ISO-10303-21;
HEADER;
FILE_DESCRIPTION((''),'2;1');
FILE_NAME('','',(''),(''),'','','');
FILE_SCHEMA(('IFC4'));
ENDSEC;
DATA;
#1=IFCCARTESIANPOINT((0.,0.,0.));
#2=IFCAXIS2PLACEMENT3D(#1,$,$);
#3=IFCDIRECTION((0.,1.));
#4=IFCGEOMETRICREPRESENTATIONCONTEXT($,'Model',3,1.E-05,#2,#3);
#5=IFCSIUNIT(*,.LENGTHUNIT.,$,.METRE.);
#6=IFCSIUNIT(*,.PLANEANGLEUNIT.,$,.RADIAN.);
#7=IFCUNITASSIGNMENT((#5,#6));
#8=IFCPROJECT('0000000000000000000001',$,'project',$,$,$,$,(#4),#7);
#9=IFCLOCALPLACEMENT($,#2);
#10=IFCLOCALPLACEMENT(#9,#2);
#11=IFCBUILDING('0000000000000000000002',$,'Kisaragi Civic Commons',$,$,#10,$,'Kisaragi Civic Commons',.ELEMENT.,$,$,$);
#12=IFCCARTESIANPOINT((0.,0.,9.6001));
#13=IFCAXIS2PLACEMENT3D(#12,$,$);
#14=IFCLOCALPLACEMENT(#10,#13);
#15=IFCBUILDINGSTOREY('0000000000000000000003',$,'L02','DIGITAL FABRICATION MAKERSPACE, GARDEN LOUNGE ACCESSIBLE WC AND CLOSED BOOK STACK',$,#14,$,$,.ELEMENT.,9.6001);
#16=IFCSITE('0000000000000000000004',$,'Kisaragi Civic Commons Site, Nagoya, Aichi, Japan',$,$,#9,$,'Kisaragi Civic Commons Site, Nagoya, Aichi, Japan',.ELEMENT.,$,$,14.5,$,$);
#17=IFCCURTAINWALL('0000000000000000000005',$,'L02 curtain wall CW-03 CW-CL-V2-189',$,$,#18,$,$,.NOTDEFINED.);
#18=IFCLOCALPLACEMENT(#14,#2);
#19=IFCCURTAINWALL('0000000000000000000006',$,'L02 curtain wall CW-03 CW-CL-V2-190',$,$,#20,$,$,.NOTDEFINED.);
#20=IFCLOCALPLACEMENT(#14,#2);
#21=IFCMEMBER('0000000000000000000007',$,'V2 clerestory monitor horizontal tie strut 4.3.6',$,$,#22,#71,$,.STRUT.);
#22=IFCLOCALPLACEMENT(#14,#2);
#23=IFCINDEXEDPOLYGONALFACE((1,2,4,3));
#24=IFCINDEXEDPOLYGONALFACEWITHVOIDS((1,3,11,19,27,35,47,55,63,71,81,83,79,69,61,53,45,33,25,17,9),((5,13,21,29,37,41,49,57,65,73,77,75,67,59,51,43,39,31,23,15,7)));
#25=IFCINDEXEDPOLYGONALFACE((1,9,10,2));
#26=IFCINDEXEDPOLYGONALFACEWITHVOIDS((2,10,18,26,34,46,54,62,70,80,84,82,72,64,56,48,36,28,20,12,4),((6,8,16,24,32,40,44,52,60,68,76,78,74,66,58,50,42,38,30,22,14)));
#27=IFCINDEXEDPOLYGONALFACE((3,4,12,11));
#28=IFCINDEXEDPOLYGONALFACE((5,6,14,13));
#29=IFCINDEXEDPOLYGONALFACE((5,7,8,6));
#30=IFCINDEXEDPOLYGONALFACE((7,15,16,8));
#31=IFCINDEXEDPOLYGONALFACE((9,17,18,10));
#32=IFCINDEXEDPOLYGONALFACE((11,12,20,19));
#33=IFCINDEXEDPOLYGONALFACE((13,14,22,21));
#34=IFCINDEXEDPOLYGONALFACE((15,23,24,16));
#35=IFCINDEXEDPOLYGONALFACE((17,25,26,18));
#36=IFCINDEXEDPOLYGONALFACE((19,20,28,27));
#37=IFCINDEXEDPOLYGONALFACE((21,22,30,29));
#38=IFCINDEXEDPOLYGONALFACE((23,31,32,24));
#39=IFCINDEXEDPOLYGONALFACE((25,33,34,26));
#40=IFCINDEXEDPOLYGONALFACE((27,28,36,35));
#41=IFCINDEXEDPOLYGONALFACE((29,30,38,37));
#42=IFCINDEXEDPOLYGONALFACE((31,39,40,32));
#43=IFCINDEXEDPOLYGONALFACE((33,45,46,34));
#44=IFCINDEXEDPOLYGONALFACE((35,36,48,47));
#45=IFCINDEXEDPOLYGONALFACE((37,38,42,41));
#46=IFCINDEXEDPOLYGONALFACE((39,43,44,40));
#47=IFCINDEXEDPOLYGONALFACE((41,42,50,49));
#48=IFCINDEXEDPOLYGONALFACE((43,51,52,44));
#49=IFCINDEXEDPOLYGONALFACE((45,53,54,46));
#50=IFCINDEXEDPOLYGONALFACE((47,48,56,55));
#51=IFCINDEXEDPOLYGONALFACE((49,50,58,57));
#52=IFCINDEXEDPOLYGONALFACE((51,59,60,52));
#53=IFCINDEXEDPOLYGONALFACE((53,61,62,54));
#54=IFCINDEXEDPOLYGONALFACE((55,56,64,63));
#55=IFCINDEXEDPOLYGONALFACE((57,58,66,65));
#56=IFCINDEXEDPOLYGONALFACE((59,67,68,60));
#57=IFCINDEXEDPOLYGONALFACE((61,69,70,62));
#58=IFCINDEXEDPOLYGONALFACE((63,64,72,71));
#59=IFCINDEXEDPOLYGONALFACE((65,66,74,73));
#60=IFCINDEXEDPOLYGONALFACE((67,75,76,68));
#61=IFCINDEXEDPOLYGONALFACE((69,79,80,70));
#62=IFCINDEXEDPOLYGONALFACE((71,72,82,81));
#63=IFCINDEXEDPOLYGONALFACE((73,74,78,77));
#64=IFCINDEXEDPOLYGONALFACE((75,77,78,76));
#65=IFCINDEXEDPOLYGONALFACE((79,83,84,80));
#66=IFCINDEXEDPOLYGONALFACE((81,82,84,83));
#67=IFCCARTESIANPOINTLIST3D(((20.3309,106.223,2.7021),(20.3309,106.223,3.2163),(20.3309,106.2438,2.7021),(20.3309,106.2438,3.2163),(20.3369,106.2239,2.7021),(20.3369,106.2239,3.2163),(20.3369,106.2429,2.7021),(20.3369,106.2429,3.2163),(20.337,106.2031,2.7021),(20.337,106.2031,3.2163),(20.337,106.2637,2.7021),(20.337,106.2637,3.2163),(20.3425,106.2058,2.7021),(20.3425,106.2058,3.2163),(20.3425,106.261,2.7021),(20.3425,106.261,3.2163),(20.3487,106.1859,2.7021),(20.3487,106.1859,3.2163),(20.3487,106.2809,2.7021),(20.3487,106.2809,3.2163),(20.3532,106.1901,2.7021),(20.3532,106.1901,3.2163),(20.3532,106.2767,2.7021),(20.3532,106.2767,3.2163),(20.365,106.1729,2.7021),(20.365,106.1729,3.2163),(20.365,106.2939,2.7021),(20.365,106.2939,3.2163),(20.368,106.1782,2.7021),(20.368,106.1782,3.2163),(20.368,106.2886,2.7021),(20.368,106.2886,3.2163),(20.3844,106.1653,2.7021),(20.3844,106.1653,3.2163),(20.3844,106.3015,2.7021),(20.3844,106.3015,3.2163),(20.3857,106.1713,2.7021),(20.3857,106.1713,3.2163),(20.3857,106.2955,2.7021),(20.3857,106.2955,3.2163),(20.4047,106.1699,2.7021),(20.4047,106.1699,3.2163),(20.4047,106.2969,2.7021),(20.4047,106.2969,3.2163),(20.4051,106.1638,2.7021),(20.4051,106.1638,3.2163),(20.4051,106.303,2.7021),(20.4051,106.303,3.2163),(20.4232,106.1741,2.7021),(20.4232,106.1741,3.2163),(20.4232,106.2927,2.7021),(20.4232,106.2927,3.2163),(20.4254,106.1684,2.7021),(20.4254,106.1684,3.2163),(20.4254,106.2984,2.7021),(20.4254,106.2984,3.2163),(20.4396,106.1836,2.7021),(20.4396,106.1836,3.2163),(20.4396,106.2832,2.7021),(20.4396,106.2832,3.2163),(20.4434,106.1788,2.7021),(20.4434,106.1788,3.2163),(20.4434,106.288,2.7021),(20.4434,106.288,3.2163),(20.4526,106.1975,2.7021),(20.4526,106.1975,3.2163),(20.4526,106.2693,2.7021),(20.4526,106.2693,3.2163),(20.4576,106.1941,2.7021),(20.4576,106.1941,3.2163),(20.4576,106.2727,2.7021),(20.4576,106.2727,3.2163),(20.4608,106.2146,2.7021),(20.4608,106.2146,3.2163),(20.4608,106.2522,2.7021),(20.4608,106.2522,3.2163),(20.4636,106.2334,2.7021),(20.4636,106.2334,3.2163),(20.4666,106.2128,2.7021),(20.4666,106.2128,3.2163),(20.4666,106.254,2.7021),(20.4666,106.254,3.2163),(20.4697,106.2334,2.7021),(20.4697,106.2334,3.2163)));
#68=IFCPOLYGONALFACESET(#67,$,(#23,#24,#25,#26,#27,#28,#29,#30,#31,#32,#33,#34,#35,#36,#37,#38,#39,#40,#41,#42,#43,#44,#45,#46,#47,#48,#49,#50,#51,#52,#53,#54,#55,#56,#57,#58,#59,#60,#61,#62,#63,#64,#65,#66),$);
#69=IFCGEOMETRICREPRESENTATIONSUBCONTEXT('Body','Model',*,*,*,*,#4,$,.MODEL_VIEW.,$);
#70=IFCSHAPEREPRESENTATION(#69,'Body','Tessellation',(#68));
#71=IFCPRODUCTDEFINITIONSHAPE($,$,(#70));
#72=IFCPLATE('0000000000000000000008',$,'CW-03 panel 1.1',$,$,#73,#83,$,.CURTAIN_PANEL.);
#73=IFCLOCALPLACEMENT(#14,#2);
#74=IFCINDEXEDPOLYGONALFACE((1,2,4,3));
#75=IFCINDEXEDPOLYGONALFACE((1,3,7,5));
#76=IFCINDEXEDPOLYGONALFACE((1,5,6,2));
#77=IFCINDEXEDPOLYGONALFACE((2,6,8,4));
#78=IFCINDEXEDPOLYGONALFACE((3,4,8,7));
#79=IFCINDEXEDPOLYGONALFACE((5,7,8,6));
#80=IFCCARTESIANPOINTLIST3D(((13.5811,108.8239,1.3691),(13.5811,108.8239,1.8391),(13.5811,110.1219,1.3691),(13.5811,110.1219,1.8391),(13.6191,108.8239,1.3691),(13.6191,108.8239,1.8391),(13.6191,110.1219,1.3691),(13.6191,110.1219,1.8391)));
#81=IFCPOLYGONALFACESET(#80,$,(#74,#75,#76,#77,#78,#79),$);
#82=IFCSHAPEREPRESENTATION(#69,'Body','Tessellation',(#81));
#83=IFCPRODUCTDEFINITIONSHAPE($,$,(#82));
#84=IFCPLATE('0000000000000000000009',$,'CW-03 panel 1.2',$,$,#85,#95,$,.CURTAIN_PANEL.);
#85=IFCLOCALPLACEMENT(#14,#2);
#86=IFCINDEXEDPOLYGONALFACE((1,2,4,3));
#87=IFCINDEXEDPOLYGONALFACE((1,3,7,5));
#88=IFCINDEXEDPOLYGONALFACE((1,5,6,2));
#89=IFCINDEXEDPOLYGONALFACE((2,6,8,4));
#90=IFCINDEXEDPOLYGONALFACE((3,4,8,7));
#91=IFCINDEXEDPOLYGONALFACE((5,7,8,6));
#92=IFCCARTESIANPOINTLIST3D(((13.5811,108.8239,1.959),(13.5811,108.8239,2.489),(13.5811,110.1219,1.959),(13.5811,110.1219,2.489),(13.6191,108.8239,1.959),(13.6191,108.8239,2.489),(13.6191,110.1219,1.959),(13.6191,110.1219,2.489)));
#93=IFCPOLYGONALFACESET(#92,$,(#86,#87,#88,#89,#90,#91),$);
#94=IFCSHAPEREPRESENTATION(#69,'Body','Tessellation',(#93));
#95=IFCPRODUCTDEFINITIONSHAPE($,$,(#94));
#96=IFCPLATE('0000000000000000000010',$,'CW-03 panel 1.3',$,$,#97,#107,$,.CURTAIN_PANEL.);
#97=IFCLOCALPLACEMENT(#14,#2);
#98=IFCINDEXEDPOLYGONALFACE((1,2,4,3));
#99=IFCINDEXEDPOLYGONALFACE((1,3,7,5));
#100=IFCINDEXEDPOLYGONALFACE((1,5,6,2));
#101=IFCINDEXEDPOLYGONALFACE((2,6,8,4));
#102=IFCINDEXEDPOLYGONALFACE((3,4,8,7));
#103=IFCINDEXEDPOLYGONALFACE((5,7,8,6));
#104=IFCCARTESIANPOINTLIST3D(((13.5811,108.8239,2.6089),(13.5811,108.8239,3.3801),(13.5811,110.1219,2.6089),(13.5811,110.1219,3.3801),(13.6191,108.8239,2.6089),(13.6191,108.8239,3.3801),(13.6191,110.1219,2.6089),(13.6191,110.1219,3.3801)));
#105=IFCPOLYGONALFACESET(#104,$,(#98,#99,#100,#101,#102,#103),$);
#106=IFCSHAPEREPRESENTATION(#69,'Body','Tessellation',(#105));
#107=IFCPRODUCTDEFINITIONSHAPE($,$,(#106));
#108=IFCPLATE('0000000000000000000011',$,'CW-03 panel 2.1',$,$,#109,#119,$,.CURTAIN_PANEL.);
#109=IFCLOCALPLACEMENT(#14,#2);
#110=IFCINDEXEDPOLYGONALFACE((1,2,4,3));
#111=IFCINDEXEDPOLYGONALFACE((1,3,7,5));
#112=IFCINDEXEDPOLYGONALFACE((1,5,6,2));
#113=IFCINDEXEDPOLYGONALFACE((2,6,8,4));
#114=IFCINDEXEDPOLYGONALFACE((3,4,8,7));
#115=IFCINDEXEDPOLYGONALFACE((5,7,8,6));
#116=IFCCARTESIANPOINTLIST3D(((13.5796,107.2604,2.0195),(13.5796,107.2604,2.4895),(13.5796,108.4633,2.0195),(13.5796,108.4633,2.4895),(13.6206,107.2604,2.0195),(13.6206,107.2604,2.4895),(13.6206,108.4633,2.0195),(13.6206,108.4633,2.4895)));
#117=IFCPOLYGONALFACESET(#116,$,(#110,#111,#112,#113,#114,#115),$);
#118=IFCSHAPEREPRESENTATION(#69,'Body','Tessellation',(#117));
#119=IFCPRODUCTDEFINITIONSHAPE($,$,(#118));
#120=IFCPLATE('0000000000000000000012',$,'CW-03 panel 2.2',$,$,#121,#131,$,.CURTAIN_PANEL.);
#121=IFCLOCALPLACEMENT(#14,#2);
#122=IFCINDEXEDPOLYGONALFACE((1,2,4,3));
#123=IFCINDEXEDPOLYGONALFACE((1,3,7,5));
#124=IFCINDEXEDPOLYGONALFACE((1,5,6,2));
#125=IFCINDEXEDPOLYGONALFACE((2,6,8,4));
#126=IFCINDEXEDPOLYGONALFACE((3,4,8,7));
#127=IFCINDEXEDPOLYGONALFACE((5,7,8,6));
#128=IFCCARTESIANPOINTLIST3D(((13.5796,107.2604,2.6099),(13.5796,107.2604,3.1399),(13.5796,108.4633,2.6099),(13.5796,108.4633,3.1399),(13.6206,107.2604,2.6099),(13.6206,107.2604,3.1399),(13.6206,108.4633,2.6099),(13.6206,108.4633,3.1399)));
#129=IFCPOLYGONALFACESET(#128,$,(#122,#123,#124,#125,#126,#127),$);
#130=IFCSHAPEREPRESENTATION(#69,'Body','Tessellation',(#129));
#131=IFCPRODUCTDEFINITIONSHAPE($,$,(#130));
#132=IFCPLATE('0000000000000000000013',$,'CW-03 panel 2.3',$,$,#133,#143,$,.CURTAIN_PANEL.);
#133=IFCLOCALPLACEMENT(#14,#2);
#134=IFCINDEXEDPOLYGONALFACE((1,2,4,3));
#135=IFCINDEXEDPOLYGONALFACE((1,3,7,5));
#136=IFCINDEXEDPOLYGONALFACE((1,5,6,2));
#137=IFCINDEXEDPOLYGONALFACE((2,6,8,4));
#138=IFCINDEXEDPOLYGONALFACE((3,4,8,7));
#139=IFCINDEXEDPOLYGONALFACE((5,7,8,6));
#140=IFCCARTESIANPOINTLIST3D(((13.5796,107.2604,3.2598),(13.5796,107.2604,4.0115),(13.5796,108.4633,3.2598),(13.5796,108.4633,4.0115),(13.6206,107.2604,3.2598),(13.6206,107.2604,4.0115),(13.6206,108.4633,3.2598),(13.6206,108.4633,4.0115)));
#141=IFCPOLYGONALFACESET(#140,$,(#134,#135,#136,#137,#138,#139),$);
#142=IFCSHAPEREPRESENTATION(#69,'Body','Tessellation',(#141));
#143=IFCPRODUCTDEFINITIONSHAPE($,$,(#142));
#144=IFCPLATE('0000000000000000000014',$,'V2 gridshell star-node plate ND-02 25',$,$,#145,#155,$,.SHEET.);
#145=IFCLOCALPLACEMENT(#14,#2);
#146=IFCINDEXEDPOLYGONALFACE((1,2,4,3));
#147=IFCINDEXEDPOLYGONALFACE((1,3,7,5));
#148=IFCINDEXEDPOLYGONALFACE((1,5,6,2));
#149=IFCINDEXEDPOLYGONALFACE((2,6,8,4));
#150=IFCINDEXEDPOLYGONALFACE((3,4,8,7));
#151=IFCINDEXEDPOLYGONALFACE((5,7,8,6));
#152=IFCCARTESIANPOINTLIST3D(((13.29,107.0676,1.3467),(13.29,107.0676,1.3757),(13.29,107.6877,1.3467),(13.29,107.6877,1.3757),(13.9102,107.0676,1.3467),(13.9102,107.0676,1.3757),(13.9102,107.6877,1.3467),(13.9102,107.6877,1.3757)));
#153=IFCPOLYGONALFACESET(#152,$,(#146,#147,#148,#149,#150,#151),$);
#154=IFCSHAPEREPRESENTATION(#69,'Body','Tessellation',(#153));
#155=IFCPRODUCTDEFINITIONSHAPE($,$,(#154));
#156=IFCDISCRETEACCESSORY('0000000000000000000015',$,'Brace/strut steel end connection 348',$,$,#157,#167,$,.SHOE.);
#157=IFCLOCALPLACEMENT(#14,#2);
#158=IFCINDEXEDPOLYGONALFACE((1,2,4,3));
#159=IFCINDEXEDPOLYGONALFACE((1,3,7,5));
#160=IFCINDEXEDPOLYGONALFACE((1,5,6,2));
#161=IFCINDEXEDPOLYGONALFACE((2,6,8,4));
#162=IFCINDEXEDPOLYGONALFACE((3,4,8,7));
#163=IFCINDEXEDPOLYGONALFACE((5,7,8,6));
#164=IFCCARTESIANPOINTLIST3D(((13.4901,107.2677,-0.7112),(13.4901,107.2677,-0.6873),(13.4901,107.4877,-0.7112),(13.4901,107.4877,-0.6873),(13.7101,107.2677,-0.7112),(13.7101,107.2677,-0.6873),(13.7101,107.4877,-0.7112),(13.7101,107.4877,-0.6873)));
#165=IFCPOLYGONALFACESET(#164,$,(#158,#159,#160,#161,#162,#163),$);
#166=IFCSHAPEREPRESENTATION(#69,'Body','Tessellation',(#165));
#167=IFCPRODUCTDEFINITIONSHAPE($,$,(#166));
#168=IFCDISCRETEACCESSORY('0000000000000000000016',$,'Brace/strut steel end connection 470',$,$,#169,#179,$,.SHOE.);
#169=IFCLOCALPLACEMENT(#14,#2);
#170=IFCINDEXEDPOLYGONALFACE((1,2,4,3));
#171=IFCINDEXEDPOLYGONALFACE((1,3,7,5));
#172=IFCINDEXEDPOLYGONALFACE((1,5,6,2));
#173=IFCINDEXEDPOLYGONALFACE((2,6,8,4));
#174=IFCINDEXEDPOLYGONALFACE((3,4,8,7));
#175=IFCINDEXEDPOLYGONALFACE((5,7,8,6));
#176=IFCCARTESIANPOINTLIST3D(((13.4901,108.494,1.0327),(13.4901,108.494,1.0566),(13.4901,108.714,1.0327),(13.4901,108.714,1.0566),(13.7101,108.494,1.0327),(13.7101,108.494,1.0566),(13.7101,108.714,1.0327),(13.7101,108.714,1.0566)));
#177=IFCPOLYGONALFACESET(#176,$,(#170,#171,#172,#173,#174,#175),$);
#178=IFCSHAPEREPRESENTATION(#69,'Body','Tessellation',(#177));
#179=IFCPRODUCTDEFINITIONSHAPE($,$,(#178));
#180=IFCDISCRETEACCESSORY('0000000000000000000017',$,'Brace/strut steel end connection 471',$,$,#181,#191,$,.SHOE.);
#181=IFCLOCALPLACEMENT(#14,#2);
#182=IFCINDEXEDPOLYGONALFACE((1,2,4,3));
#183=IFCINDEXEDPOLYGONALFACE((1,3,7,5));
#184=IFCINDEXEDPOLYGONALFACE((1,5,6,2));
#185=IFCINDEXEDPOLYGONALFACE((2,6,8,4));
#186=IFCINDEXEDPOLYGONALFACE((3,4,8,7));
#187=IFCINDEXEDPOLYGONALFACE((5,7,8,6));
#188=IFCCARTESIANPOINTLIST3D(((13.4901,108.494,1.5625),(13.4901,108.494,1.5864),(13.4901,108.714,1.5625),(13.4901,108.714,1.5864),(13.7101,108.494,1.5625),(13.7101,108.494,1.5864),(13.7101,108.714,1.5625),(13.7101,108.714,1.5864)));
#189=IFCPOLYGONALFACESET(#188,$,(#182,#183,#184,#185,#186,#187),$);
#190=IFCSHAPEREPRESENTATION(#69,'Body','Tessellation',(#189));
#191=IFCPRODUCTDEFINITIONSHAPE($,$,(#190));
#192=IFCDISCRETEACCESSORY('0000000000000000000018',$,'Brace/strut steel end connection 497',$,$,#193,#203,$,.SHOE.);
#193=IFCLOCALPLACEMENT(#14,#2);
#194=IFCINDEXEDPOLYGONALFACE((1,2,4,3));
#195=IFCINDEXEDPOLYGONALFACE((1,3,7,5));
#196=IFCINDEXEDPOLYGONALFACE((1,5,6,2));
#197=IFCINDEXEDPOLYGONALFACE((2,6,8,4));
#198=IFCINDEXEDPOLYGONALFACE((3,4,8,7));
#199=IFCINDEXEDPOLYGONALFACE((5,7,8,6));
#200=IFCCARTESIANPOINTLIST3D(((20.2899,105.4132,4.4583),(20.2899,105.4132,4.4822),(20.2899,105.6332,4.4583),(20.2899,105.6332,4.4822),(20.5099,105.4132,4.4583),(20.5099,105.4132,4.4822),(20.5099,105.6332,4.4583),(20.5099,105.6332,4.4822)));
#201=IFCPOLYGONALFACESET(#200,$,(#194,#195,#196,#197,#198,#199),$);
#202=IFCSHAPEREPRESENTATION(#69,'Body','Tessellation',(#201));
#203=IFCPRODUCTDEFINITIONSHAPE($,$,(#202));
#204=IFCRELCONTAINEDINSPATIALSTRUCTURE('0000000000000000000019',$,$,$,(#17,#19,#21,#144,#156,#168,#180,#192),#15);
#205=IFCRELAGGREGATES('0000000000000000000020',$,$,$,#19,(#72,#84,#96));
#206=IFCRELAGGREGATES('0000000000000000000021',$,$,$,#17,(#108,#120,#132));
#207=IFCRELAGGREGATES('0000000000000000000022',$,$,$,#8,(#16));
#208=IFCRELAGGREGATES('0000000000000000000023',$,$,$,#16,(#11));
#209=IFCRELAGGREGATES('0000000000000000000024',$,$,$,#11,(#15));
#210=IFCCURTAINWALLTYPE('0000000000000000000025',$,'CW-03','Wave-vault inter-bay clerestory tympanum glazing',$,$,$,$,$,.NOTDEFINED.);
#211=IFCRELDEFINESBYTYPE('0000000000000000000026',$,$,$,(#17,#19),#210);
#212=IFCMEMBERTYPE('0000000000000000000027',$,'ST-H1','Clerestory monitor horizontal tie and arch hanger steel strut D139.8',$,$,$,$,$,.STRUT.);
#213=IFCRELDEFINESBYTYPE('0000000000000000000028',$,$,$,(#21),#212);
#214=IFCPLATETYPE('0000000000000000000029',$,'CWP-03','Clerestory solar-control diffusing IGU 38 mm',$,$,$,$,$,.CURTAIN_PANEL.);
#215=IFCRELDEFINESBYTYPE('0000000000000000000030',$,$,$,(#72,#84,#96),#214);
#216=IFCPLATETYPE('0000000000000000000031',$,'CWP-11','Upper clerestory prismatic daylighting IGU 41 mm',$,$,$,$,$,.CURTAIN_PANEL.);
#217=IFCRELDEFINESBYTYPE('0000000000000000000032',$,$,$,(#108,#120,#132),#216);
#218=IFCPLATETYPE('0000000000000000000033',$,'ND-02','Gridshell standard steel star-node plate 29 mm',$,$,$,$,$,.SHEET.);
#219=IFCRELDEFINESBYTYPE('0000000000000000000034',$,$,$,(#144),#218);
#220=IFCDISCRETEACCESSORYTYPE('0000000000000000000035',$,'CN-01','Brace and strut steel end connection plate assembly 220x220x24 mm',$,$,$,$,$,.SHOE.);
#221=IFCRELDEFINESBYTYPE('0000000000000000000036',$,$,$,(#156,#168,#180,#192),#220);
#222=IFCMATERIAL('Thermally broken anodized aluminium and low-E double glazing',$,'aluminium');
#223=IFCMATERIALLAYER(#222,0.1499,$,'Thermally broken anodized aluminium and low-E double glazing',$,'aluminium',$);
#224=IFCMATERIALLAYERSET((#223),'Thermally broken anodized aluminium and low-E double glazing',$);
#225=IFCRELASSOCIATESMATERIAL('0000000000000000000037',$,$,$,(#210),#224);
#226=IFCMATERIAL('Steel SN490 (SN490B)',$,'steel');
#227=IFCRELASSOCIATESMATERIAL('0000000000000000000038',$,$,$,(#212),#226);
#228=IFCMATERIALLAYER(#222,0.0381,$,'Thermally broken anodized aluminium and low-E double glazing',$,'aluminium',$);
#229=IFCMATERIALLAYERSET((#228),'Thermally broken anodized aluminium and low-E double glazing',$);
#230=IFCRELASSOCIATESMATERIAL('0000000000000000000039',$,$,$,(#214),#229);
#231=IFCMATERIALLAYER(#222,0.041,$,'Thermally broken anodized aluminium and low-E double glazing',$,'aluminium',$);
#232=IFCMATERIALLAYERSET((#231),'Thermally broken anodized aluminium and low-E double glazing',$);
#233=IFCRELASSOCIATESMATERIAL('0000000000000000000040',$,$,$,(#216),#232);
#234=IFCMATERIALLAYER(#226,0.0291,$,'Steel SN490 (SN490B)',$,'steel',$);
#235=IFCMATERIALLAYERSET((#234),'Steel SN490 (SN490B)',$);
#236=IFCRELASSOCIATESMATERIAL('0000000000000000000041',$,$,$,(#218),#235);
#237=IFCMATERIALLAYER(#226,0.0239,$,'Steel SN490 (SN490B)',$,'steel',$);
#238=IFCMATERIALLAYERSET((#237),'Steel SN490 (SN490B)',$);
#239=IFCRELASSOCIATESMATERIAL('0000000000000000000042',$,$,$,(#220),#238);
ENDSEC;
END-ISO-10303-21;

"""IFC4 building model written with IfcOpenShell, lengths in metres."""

from ifc_helpers import new_model, si_unit, direction, frame, origin, origin_2d, place, context, subcontext, project, spatial, rectangle, hollow_circle, extrude, material, layer, layer_set, material_profile, profile_set, type_object, element, aggregate, save


model = new_model("IFC4")

# Units and contexts
model_context = context("Model", 3, precision=1e-05, world=origin(), true_north=direction((0.0, 1.0)))
body_context = subcontext(model_context, "Body", "Model", "MODEL_VIEW")
ifc_project = project(units=[si_unit("LENGTHUNIT", "METRE"), si_unit("PLANEANGLEUNIT", "RADIAN")], contexts=[model_context])

# Site, building, storey
site_placement = place(None, origin())
site = spatial("IfcSite", under=ifc_project, at=site_placement, Name="Kisaragi Civic Commons Site, Nagoya, Aichi, Japan", LongName="Kisaragi Civic Commons Site, Nagoya, Aichi, Japan", CompositionType="ELEMENT", RefElevation=14.5)
building_placement = place(site_placement, origin())
building = spatial("IfcBuilding", under=site, at=building_placement, Name="Kisaragi Civic Commons", LongName="Kisaragi Civic Commons", CompositionType="ELEMENT")
storey_placement = place(building_placement, frame((0.0, 0.0, 9.6001)))
storey = spatial("IfcBuildingStorey", under=building, at=storey_placement, Name="L02", Description="DIGITAL FABRICATION MAKERSPACE, GARDEN LOUNGE ACCESSIBLE WC AND CLOSED BOOK STACK", CompositionType="ELEMENT", Elevation=9.6001)

# Curtain wall
ifc_material_1 = material(Name="Thermally broken anodized aluminium and low-E double glazing", Category="aluminium")
ifc_layer_1 = layer(ifc_material_1, 0.1499, Name="Thermally broken anodized aluminium and low-E double glazing", Category="aluminium")
ifc_layer_set_1 = layer_set([ifc_layer_1], Name="Thermally broken anodized aluminium and low-E double glazing")
curtain_wall_type = type_object("IfcCurtainWallType", Name="CW-03", Description="Wave-vault inter-bay clerestory tympanum glazing", PredefinedType="NOTDEFINED", material=ifc_layer_set_1)
curtain_wall_1_placement = place(storey_placement, origin())
curtain_wall_1 = element("IfcCurtainWall", 1, at=curtain_wall_1_placement, inside=storey, type_object=curtain_wall_type, Name="L02 curtain wall CW-03 CW-CL-V2-189", PredefinedType="NOTDEFINED")

# Curtain wall
curtain_wall_2_placement = place(storey_placement, origin())
curtain_wall_2 = element("IfcCurtainWall", 2, at=curtain_wall_2_placement, inside=storey, type_object=curtain_wall_type, Name="L02 curtain wall CW-03 CW-CL-V2-190", PredefinedType="NOTDEFINED")

# Member
ifc_material_2 = material(Name="Steel SN490 (SN490B)", Category="steel")
ifc_material_profile_1 = material_profile(ifc_material_2, hollow_circle(Radius=0.0698, WallThickness=0.0061, at=origin_2d()), Name="CHS-139.8x6.0", Category="steel")
ifc_profile_set_1 = profile_set([ifc_material_profile_1], Name="Steel SN490 (SN490B)")
member_type_1 = type_object("IfcMemberType", Name="ST-H1", Description="Clerestory monitor horizontal tie and arch hanger steel strut D139.8", PredefinedType="STRUT", material=ifc_profile_set_1)
member_1_placement = place(storey_placement, frame((20.3999, 106.2334, 2.7021), z_axis=(0.0, 0.0, 1.0), x_axis=(1.0, 0.0, 0.0)))
element("IfcMember", 3, at=member_1_placement, inside=storey, type_object=member_type_1, Name="V2 clerestory monitor horizontal tie strut 4.3.6", PredefinedType="STRUT", context=body_context, shape_type="SweptSolid", body=[
    extrude(hollow_circle(Radius=0.0698, WallThickness=0.0061, at=origin_2d()), origin(), (0.0, 0.0, 1.0), 0.5142),
])

# Plates
ifc_layer_2 = layer(ifc_material_1, 0.0381, Name="Thermally broken anodized aluminium and low-E double glazing", Category="aluminium")
ifc_layer_set_2 = layer_set([ifc_layer_2], Name="Thermally broken anodized aluminium and low-E double glazing")
plate_type_1 = type_object("IfcPlateType", Name="CWP-03", Description="Clerestory solar-control diffusing IGU 38 mm", PredefinedType="CURTAIN_PANEL", material=ifc_layer_set_2)
plate_1_placement = place(storey_placement, frame((13.6001, 109.4729, 1.3691), z_axis=(0.0, 0.0, 1.0), x_axis=(0.0, 1.0, 0.0)))
plate_1 = element("IfcPlate", 4, at=plate_1_placement, type_object=plate_type_1, Name="CW-03 panel 1.1", PredefinedType="CURTAIN_PANEL", context=body_context, shape_type="SweptSolid", body=[
    extrude(rectangle(XDim=1.2981, YDim=0.0381, at=origin_2d()), origin(), (0.0, 0.0, 1.0), 0.47),
])
plate_2_placement = place(storey_placement, frame((13.6001, 109.4729, 1.959), z_axis=(0.0, 0.0, 1.0), x_axis=(0.0, 1.0, 0.0)))
plate_2 = element("IfcPlate", 5, at=plate_2_placement, type_object=plate_type_1, Name="CW-03 panel 1.2", PredefinedType="CURTAIN_PANEL", context=body_context, shape_type="SweptSolid", body=[
    extrude(rectangle(XDim=1.2981, YDim=0.0381, at=origin_2d()), origin(), (0.0, 0.0, 1.0), 0.53),
])
plate_3_placement = place(storey_placement, frame((13.6001, 109.4729, 2.6089), z_axis=(0.0, 0.0, 1.0), x_axis=(0.0, 1.0, 0.0)))
plate_3 = element("IfcPlate", 6, at=plate_3_placement, type_object=plate_type_1, Name="CW-03 panel 1.3", PredefinedType="CURTAIN_PANEL", context=body_context, shape_type="SweptSolid", body=[
    extrude(rectangle(XDim=1.2981, YDim=0.0381, at=origin_2d()), origin(), (0.0, 0.0, 1.0), 0.7712),
])
aggregate(curtain_wall_2, [plate_1, plate_2, plate_3])
ifc_layer_3 = layer(ifc_material_1, 0.041, Name="Thermally broken anodized aluminium and low-E double glazing", Category="aluminium")
ifc_layer_set_3 = layer_set([ifc_layer_3], Name="Thermally broken anodized aluminium and low-E double glazing")
plate_type_2 = type_object("IfcPlateType", Name="CWP-11", Description="Upper clerestory prismatic daylighting IGU 41 mm", PredefinedType="CURTAIN_PANEL", material=ifc_layer_set_3)
plate_4_placement = place(storey_placement, frame((13.6001, 107.8618, 2.0195), z_axis=(0.0, 0.0, 1.0), x_axis=(0.0, 1.0, 0.0)))
plate_4 = element("IfcPlate", 7, at=plate_4_placement, type_object=plate_type_2, Name="CW-03 panel 2.1", PredefinedType="CURTAIN_PANEL", context=body_context, shape_type="SweptSolid", body=[
    extrude(rectangle(XDim=1.2029, YDim=0.041, at=origin_2d()), origin(), (0.0, 0.0, 1.0), 0.47),
])
plate_5_placement = place(storey_placement, frame((13.6001, 107.8618, 2.6099), z_axis=(0.0, 0.0, 1.0), x_axis=(0.0, 1.0, 0.0)))
plate_5 = element("IfcPlate", 8, at=plate_5_placement, type_object=plate_type_2, Name="CW-03 panel 2.2", PredefinedType="CURTAIN_PANEL", context=body_context, shape_type="SweptSolid", body=[
    extrude(rectangle(XDim=1.2029, YDim=0.041, at=origin_2d()), origin(), (0.0, 0.0, 1.0), 0.53),
])
plate_6_placement = place(storey_placement, frame((13.6001, 107.8618, 3.2598), z_axis=(0.0, 0.0, 1.0), x_axis=(0.0, 1.0, 0.0)))
plate_6 = element("IfcPlate", 9, at=plate_6_placement, type_object=plate_type_2, Name="CW-03 panel 2.3", PredefinedType="CURTAIN_PANEL", context=body_context, shape_type="SweptSolid", body=[
    extrude(rectangle(XDim=1.2029, YDim=0.041, at=origin_2d()), origin(), (0.0, 0.0, 1.0), 0.7517),
])
aggregate(curtain_wall_1, [plate_4, plate_5, plate_6])
ifc_layer_4 = layer(ifc_material_2, 0.0291, Name="Steel SN490 (SN490B)", Category="steel")
ifc_layer_set_4 = layer_set([ifc_layer_4], Name="Steel SN490 (SN490B)")
plate_type_3 = type_object("IfcPlateType", Name="ND-02", Description="Gridshell standard steel star-node plate 29 mm", PredefinedType="SHEET", material=ifc_layer_set_4)
plate_7_placement = place(storey_placement, frame((13.6001, 107.3777, 1.3467), z_axis=(0.0, 0.0, 1.0), x_axis=(1.0, 0.0, 0.0)))
element("IfcPlate", 10, at=plate_7_placement, inside=storey, type_object=plate_type_3, Name="V2 gridshell star-node plate ND-02 25", PredefinedType="SHEET", context=body_context, shape_type="SweptSolid", body=[
    extrude(rectangle(XDim=0.6201, YDim=0.6201, at=origin_2d()), origin(), (0.0, 0.0, 1.0), 0.0291),
])

# Discrete accessories
ifc_layer_5 = layer(ifc_material_2, 0.0239, Name="Steel SN490 (SN490B)", Category="steel")
ifc_layer_set_5 = layer_set([ifc_layer_5], Name="Steel SN490 (SN490B)")
discrete_accessory_type = type_object("IfcDiscreteAccessoryType", Name="CN-01", Description="Brace and strut steel end connection plate assembly 220x220x24 mm", PredefinedType="SHOE", material=ifc_layer_set_5)
for number, where, z_axis, x_axis, name in (
    (11, (13.6001, 107.3777, -0.7112), (0.0, 0.0, 1.0), (1.0, 0.0, 0.0), "Brace/strut steel end connection 348"),
    (12, (13.6001, 108.604, 1.0327), (0.0, 0.0, 1.0), (1.0, 0.0, 0.0), "Brace/strut steel end connection 470"),
    (13, (13.6001, 108.604, 1.5625), (0.0, 0.0, 1.0), (1.0, 0.0, 0.0), "Brace/strut steel end connection 471"),
    (14, (20.3999, 105.5232, 4.4583), (0.0, 0.0, 1.0), (1.0, 0.0, 0.0), "Brace/strut steel end connection 497"),
):
    element("IfcDiscreteAccessory", number, at=place(storey_placement, frame(where, z_axis=z_axis, x_axis=x_axis)), inside=storey, type_object=discrete_accessory_type, Name=name, PredefinedType="SHOE", context=body_context, shape_type="SweptSolid", body=[
        extrude(rectangle(XDim=0.22, YDim=0.22, at=origin_2d()), origin(), (0.0, 0.0, 1.0), 0.0239),
    ])

save(model, "model.ifc")
